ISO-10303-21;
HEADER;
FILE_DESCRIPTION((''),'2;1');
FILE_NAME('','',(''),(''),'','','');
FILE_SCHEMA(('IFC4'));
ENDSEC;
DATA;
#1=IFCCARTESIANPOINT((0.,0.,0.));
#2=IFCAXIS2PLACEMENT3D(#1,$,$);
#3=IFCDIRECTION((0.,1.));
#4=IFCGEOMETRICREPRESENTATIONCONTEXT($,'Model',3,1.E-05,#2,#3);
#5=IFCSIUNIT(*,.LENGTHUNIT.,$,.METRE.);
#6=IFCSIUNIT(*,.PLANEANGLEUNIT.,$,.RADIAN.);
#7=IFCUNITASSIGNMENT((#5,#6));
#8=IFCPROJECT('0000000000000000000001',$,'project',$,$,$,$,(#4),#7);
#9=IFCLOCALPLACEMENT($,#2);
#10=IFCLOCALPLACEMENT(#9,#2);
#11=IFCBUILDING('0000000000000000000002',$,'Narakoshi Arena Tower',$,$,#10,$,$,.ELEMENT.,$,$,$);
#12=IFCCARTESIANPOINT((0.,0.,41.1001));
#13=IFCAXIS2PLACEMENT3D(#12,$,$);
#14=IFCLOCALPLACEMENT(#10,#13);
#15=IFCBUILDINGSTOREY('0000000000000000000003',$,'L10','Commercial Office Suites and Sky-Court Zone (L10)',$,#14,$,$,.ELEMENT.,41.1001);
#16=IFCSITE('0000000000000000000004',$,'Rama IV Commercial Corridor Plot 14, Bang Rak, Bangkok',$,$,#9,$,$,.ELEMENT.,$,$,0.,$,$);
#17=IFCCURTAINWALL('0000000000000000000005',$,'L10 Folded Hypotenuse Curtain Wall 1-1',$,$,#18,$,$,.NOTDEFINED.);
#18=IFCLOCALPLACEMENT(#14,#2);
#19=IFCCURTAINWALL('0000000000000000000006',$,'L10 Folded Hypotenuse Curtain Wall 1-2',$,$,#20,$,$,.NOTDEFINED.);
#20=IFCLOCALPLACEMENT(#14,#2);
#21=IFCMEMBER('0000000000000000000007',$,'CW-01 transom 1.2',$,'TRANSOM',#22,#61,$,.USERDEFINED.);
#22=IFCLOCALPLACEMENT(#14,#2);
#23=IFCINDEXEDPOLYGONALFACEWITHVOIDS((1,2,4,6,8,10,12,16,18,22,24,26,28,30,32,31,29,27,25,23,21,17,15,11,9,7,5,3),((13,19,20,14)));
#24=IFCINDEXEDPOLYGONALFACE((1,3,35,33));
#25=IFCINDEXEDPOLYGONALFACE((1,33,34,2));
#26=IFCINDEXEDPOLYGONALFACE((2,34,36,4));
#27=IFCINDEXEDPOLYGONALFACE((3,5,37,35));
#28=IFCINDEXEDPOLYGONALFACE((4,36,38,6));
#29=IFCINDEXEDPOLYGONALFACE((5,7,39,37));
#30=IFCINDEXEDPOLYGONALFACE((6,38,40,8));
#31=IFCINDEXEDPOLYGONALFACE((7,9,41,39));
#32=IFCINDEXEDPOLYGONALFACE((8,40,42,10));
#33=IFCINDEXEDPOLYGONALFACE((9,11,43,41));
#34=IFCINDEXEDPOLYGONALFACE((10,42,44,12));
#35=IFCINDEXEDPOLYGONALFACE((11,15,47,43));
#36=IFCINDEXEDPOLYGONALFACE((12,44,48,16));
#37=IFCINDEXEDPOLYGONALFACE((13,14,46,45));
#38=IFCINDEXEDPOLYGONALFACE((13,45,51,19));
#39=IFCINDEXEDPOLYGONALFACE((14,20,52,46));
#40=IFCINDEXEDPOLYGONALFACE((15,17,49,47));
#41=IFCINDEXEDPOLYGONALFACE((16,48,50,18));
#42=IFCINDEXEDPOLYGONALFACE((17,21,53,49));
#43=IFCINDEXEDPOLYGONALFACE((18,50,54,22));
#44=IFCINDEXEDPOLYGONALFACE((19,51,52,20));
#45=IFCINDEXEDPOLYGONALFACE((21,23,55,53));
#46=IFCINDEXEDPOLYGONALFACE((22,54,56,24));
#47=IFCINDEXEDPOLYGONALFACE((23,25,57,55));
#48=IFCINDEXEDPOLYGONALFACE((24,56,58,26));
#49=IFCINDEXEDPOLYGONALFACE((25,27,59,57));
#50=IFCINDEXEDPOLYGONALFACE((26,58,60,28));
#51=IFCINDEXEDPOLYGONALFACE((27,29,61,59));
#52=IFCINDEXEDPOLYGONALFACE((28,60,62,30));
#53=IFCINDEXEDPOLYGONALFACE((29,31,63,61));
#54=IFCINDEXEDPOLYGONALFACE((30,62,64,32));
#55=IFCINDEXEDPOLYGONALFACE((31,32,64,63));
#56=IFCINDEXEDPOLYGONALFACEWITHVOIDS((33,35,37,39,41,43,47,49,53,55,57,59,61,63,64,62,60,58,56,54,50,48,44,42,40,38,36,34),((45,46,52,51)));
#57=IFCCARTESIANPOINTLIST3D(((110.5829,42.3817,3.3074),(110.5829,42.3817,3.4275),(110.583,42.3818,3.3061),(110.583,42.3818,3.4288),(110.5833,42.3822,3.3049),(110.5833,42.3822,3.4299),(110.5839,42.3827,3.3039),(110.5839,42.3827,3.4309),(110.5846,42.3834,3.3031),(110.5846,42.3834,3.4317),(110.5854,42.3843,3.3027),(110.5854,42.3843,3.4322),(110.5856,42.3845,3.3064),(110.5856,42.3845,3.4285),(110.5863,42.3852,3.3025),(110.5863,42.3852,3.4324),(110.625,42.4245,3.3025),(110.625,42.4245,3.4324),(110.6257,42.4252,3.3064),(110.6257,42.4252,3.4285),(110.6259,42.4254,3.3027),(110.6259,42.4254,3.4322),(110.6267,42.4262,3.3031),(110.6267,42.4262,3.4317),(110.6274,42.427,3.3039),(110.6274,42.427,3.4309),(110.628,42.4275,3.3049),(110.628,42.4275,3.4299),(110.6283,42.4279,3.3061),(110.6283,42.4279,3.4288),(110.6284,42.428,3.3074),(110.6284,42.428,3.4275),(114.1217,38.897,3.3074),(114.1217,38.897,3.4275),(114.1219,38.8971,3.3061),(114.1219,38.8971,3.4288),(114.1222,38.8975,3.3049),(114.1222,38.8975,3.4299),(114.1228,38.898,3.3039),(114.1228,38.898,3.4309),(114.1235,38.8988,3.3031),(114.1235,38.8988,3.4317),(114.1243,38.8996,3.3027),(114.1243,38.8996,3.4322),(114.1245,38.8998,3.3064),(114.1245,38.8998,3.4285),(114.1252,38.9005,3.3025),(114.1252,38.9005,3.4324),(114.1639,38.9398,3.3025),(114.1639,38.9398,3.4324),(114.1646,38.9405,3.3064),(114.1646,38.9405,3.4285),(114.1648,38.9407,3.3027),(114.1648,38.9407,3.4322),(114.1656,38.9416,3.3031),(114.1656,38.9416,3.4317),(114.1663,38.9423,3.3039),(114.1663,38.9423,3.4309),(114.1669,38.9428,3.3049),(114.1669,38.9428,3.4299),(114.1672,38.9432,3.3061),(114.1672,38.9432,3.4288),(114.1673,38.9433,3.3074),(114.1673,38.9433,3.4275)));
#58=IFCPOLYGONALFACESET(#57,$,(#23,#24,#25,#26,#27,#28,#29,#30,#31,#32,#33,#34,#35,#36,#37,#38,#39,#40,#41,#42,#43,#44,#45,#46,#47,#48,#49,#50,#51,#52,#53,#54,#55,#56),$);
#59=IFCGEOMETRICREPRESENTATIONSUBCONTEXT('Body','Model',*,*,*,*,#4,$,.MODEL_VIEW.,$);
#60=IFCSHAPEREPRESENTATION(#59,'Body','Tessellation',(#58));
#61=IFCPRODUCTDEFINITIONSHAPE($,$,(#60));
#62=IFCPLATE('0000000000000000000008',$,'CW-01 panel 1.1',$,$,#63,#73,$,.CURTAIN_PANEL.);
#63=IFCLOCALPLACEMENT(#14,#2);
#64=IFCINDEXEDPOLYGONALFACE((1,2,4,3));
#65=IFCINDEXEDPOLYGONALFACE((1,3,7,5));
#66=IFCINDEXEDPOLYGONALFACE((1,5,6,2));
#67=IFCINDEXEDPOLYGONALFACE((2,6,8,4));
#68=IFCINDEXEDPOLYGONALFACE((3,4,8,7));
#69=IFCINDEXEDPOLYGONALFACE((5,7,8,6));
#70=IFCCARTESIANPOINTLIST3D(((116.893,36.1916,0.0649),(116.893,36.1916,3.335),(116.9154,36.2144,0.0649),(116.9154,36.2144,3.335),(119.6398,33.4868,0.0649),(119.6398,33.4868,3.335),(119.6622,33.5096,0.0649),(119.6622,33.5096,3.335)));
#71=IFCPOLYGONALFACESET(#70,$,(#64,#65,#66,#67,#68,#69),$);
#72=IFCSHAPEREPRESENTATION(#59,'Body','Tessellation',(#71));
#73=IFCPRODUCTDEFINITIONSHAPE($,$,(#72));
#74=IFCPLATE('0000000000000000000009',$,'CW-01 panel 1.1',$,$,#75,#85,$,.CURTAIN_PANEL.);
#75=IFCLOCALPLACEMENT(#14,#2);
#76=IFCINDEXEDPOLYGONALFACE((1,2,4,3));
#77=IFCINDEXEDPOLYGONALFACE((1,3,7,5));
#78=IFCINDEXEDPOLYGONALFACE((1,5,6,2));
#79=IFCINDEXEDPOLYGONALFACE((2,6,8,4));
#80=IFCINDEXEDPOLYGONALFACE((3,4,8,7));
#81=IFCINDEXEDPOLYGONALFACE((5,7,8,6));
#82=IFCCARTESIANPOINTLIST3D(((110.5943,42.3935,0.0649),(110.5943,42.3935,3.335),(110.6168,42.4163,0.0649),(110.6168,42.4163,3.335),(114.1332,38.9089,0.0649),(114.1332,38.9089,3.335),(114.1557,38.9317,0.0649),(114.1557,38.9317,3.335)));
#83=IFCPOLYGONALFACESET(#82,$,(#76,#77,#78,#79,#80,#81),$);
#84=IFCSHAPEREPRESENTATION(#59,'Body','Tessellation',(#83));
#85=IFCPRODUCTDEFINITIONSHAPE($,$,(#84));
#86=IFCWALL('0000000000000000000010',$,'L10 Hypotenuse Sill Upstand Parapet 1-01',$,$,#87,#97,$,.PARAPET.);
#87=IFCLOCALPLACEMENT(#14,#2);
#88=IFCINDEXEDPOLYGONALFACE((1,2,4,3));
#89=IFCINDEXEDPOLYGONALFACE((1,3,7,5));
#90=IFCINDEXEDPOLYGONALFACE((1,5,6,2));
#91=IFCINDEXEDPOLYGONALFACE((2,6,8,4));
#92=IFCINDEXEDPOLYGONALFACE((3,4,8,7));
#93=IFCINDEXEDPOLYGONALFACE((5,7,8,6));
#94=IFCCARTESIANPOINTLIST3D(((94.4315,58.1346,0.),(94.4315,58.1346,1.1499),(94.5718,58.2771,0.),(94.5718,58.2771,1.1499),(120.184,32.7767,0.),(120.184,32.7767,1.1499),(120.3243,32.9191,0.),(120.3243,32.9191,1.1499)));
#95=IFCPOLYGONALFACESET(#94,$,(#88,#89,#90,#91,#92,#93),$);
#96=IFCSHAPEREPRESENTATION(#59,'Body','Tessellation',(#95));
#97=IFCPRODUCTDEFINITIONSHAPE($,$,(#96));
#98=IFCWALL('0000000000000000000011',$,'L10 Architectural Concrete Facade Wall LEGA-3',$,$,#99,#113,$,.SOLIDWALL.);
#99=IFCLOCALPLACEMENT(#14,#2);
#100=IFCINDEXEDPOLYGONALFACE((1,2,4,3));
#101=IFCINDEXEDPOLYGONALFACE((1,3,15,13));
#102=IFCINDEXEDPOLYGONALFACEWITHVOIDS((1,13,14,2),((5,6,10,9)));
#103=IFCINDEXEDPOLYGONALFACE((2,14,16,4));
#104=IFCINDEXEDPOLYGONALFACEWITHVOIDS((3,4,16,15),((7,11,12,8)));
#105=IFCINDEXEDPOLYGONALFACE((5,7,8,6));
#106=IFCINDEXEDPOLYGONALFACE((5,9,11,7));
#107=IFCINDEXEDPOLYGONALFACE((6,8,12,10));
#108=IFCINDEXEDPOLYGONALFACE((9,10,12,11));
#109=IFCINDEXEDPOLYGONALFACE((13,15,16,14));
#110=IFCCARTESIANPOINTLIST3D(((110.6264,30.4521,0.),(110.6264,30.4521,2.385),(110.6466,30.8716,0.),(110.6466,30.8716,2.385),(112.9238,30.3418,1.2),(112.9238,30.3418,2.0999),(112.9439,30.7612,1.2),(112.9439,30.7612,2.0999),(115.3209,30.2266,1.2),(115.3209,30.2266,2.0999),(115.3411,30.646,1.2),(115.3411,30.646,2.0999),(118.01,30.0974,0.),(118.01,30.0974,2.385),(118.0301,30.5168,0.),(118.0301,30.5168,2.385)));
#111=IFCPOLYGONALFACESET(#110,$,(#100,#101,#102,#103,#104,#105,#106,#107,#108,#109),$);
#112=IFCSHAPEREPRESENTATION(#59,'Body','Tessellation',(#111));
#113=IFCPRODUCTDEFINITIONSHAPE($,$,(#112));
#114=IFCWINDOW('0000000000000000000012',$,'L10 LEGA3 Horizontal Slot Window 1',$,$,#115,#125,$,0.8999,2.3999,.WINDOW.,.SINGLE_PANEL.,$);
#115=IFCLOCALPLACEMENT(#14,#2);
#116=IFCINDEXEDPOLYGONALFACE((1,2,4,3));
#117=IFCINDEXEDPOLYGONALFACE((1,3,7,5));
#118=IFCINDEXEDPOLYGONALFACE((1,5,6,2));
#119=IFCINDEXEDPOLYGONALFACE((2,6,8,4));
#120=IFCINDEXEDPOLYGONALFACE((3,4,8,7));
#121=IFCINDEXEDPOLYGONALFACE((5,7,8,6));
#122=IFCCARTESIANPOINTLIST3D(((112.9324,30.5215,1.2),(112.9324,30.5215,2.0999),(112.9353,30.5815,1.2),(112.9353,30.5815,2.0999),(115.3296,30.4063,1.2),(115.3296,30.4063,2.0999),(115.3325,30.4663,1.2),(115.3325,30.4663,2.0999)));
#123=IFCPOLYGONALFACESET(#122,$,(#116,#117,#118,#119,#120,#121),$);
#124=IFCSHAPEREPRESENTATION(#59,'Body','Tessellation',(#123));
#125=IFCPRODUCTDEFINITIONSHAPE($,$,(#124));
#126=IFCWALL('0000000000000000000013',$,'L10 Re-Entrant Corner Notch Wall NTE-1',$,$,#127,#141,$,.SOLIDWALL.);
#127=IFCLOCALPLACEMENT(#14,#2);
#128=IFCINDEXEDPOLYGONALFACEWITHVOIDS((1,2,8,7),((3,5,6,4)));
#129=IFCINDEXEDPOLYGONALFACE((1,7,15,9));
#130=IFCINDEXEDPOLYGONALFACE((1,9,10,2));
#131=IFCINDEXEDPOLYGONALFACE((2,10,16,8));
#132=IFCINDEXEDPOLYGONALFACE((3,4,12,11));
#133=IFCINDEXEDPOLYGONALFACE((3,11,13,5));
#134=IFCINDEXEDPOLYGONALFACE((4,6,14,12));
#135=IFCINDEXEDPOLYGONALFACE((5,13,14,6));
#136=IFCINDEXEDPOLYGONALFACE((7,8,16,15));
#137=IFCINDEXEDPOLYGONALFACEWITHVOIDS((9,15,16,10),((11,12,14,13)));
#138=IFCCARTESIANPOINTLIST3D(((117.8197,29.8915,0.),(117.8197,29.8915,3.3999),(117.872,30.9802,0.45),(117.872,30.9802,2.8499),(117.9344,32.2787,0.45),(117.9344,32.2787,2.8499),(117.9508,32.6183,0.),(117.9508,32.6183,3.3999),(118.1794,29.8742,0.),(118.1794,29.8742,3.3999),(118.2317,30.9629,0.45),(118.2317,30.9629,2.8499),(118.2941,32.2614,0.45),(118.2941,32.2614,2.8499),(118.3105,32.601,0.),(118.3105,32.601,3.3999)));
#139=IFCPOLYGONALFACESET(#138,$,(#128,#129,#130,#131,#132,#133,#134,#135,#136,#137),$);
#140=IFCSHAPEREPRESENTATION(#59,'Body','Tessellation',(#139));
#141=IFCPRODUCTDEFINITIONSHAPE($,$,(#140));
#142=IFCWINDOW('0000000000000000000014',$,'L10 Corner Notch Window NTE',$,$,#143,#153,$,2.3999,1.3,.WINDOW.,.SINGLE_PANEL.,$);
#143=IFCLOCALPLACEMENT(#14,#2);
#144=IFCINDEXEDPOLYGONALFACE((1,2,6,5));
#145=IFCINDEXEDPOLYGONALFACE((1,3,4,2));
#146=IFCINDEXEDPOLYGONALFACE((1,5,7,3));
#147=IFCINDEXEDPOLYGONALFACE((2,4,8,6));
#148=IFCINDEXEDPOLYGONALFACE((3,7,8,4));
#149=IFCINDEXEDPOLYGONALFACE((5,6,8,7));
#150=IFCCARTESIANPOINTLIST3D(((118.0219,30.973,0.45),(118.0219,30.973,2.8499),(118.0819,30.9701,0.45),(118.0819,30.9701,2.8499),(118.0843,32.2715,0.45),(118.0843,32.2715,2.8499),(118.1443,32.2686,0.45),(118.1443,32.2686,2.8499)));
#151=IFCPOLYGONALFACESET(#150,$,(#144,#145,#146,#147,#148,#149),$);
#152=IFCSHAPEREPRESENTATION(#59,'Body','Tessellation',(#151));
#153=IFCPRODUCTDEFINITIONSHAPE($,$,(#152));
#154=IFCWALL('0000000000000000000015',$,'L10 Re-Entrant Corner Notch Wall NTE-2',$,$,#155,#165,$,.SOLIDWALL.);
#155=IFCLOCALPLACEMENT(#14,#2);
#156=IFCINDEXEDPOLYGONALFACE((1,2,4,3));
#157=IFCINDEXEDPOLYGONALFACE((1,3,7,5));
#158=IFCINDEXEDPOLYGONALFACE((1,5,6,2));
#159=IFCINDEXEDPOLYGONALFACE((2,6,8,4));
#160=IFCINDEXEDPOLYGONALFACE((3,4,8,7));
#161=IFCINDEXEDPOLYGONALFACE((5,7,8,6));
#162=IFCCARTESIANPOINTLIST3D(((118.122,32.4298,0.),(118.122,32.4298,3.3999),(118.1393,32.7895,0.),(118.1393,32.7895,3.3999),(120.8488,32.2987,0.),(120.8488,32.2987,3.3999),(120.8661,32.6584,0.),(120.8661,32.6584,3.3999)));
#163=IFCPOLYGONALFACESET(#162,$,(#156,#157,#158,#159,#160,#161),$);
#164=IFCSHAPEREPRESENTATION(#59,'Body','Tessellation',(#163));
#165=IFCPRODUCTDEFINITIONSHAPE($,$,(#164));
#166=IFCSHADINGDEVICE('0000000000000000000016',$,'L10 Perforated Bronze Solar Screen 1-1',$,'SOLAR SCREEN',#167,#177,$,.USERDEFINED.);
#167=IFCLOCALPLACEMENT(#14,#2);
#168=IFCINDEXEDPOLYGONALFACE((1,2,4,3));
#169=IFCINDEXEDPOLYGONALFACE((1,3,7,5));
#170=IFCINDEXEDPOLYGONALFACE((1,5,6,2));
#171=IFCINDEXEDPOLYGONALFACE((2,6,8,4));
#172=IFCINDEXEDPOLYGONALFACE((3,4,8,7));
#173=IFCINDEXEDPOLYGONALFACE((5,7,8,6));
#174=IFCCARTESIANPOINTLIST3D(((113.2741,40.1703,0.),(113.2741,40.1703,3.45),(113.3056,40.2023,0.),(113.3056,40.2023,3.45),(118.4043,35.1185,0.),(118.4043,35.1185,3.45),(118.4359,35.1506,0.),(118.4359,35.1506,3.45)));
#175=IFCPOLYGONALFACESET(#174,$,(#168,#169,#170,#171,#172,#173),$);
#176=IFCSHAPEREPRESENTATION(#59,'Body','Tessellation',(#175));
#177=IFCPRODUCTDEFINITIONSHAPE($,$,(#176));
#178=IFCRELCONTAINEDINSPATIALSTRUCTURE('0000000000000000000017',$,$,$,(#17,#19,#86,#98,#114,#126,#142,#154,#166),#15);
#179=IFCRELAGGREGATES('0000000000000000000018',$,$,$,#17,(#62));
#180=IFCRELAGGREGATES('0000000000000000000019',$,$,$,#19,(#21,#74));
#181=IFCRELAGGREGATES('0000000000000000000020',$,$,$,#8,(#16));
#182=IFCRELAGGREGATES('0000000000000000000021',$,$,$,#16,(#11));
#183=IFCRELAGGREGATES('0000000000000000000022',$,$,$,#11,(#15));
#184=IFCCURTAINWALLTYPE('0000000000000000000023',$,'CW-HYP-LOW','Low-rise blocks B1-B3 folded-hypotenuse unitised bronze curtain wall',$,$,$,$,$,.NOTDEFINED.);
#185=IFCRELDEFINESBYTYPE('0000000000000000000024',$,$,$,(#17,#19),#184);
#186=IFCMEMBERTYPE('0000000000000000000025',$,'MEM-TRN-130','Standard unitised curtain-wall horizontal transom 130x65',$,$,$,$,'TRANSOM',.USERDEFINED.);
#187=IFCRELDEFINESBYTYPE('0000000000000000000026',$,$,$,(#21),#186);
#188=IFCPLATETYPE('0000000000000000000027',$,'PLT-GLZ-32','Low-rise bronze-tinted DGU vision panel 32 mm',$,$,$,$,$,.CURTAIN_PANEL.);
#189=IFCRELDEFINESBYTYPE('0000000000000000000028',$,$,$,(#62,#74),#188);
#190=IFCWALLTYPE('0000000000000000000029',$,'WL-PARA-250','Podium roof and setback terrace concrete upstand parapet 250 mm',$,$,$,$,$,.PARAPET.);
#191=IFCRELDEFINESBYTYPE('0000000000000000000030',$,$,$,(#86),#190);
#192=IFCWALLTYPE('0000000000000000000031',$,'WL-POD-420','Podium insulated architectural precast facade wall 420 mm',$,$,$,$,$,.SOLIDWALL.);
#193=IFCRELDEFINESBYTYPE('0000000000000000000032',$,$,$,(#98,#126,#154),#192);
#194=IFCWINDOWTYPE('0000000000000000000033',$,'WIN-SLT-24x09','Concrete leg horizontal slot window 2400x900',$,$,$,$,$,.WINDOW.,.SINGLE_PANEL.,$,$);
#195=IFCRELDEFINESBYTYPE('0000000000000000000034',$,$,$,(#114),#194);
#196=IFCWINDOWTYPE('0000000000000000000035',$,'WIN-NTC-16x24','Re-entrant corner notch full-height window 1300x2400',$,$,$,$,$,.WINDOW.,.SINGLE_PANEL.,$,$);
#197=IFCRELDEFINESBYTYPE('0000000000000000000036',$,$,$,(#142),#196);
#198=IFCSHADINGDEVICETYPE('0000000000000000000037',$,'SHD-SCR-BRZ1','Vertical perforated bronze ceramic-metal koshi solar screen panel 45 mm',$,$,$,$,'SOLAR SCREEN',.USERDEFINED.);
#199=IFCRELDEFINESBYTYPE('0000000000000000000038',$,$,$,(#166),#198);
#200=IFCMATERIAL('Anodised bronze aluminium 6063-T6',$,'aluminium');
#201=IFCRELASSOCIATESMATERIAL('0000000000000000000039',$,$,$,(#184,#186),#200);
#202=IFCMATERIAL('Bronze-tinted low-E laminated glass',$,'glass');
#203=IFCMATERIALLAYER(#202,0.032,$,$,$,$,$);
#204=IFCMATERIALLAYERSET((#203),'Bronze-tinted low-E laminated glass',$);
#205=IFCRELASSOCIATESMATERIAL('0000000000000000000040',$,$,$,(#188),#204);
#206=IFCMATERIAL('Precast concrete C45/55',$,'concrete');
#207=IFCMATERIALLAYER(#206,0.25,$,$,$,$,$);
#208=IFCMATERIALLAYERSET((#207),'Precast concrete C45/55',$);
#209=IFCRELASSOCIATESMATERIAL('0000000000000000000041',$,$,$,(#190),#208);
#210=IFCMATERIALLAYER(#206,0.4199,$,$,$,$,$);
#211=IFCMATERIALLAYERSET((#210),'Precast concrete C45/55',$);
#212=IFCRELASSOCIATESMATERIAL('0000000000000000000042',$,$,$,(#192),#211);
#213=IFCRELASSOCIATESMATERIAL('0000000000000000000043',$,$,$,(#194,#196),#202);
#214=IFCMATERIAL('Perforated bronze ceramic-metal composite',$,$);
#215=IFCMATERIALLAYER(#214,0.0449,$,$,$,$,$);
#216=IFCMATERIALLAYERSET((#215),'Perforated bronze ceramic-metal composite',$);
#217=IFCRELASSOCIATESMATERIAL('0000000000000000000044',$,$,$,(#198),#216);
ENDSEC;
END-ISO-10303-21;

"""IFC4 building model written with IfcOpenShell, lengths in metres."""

from ifc_helpers import new_model, si_unit, direction, frame, frame_2d, origin, origin_2d, place, context, subcontext, project, spatial, rectangle, hollow_rectangle, extrude, material, layer, layer_set, material_profile, profile_set, type_object, element, fill, aggregate, save


model = new_model("IFC4")

# Units and contexts
model_context = context("Model", 3, precision=1e-05, world=origin(), true_north=direction((0.0, 1.0)))
body_context = subcontext(model_context, "Body", "Model", "MODEL_VIEW")
ifc_project = project(units=[si_unit("LENGTHUNIT", "METRE"), si_unit("PLANEANGLEUNIT", "RADIAN")], contexts=[model_context])

# Site, building, storey
site_placement = place(None, origin())
site = spatial("IfcSite", under=ifc_project, at=site_placement, Name="Rama IV Commercial Corridor Plot 14, Bang Rak, Bangkok", CompositionType="ELEMENT", RefElevation=0.0)
building_placement = place(site_placement, origin())
building = spatial("IfcBuilding", under=site, at=building_placement, Name="Narakoshi Arena Tower", CompositionType="ELEMENT")
storey_placement = place(building_placement, frame((0.0, 0.0, 41.1001)))
storey = spatial("IfcBuildingStorey", under=building, at=storey_placement, Name="L10", Description="Commercial Office Suites and Sky-Court Zone (L10)", CompositionType="ELEMENT", Elevation=41.1001)

# Curtain walls
ifc_material_1 = material(Name="Anodised bronze aluminium 6063-T6", Category="aluminium")
curtain_wall_type = type_object("IfcCurtainWallType", Name="CW-HYP-LOW", Description="Low-rise blocks B1-B3 folded-hypotenuse unitised bronze curtain wall", PredefinedType="NOTDEFINED", material=ifc_material_1)
curtain_wall_1_placement = place(storey_placement, origin())
curtain_wall_1 = element("IfcCurtainWall", 1, at=curtain_wall_1_placement, inside=storey, type_object=curtain_wall_type, Name="L10 Folded Hypotenuse Curtain Wall 1-1", PredefinedType="NOTDEFINED")
curtain_wall_2_placement = place(storey_placement, origin())
curtain_wall_2 = element("IfcCurtainWall", 2, at=curtain_wall_2_placement, inside=storey, type_object=curtain_wall_type, Name="L10 Folded Hypotenuse Curtain Wall 1-2", PredefinedType="NOTDEFINED")

# Member
ifc_material_profile_1 = material_profile(ifc_material_1, hollow_rectangle(XDim=0.0649, YDim=0.1299, WallThickness=0.0039, OuterFilletRadius=0.0049, at=origin_2d()), Name="TRN130x65x4")
ifc_profile_set_1 = profile_set([ifc_material_profile_1], Name="Anodised bronze aluminium 6063-T6")
member_type_1 = type_object("IfcMemberType", Name="MEM-TRN-130", Description="Standard unitised curtain-wall horizontal transom 130x65", ElementType="TRANSOM", PredefinedType="USERDEFINED", material=ifc_profile_set_1)
member_1_placement = place(storey_placement, frame((114.1445, 38.9202, 3.3674), z_axis=(-0.712542, 0.701629, 0.0), x_axis=(-0.701629, -0.712542, 0.0)))
member_1 = element("IfcMember", 3, at=member_1_placement, type_object=member_type_1, Name="CW-01 transom 1.2", ObjectType="TRANSOM", PredefinedType="USERDEFINED", context=body_context, shape_type="SweptSolid", body=[
    extrude(hollow_rectangle(XDim=0.0649, YDim=0.1299, WallThickness=0.0039, OuterFilletRadius=0.0049, at=origin_2d()), origin(), (0.0, 0.0, 1.0), 4.9666),
])

# Plates
ifc_material_2 = material(Name="Bronze-tinted low-E laminated glass", Category="glass")
ifc_layer_1 = layer(ifc_material_2, 0.032)
ifc_layer_set_1 = layer_set([ifc_layer_1], Name="Bronze-tinted low-E laminated glass")
plate_type = type_object("IfcPlateType", Name="PLT-GLZ-32", Description="Low-rise bronze-tinted DGU vision panel 32 mm", PredefinedType="CURTAIN_PANEL", material=ifc_layer_set_1)
plate_1_placement = place(storey_placement, frame((118.2776, 34.8506, 0.0649), z_axis=(0.0, 0.0, 1.0), x_axis=(-0.712541, 0.70163, 0.0)))
plate_1 = element("IfcPlate", 4, at=plate_1_placement, type_object=plate_type, Name="CW-01 panel 1.1", PredefinedType="CURTAIN_PANEL", context=body_context, shape_type="SweptSolid", body=[
    extrude(rectangle(XDim=3.855, YDim=0.032, at=origin_2d()), origin(), (0.0, 0.0, 1.0), 3.27),
])
aggregate(curtain_wall_1, [plate_1])
plate_2_placement = place(storey_placement, frame((112.375, 40.6626, 0.0649), z_axis=(0.0, 0.0, 1.0), x_axis=(-0.712548, 0.701623, 0.0)))
plate_2 = element("IfcPlate", 5, at=plate_2_placement, type_object=plate_type, Name="CW-01 panel 1.1", PredefinedType="CURTAIN_PANEL", context=body_context, shape_type="SweptSolid", body=[
    extrude(rectangle(XDim=4.9666, YDim=0.032, at=origin_2d()), origin(), (0.0, 0.0, 1.0), 3.27),
])
aggregate(curtain_wall_2, [member_1, plate_2])

# Wall
ifc_material_3 = material(Name="Precast concrete C45/55", Category="concrete")
ifc_layer_2 = layer(ifc_material_3, 0.25)
ifc_layer_set_2 = layer_set([ifc_layer_2], Name="Precast concrete C45/55")
wall_type_1 = type_object("IfcWallType", Name="WL-PARA-250", Description="Podium roof and setback terrace concrete upstand parapet 250 mm", PredefinedType="PARAPET", material=ifc_layer_set_2)
wall_1_placement = place(storey_placement, frame((120.2542, 32.8479, 0.0), z_axis=(0.0, 0.0, 1.0), x_axis=(-0.712544, 0.701628, 0.0)))
element("IfcWall", 6, at=wall_1_placement, inside=storey, type_object=wall_type_1, Name="L10 Hypotenuse Sill Upstand Parapet 1-01", PredefinedType="PARAPET", context=body_context, shape_type="SweptSolid", body=[
    extrude(rectangle(XDim=36.1416, YDim=0.2, at=frame_2d((18.0708, 0.0))), origin(), (0.0, 0.0, 1.0), 1.1499),
])

# Walls, openings, windows
ifc_layer_3 = layer(ifc_material_3, 0.4199)
ifc_layer_set_3 = layer_set([ifc_layer_3], Name="Precast concrete C45/55")
wall_type_2 = type_object("IfcWallType", Name="WL-POD-420", Description="Podium insulated architectural precast facade wall 420 mm", PredefinedType="SOLIDWALL", material=ifc_layer_set_3)
wall_2_placement = place(storey_placement, frame((110.6365, 30.6619, 0.0), z_axis=(0.0, 0.0, 1.0), x_axis=(0.998848, -0.047989, 0.0)))
wall_2 = element("IfcWall", 7, at=wall_2_placement, inside=storey, type_object=wall_type_2, Name="L10 Architectural Concrete Facade Wall LEGA-3", PredefinedType="SOLIDWALL", context=body_context, shape_type="SweptSolid", body=[
    extrude(rectangle(XDim=7.3921, YDim=0.4199, at=frame_2d((3.696, 0.0))), origin(), (0.0, 0.0, 1.0), 2.385),
])
opening_1_placement = place(wall_2_placement, frame((2.3, 0.0, 1.2)))
opening_1 = element("IfcOpeningElement", 8, at=opening_1_placement, cuts=wall_2, PredefinedType="OPENING", context=body_context, shape_type="SweptSolid", body=[
    extrude(rectangle(XDim=2.3999, YDim=0.8999, at=frame_2d((1.2, 0.45))), frame((0.0, 0.22, 0.0), z_axis=(0.0, -1.0, 0.0), x_axis=(1.0, 0.0, 0.0)), (0.0, 0.0, 1.0), 0.4399),
])
window_type_1 = type_object("IfcWindowType", Name="WIN-SLT-24x09", Description="Concrete leg horizontal slot window 2400x900", PartitioningType="SINGLE_PANEL", PredefinedType="WINDOW", material=ifc_material_2)
window_1_placement = place(opening_1_placement, origin())
window_1 = element("IfcWindow", 9, at=window_1_placement, inside=storey, type_object=window_type_1, Name="L10 LEGA3 Horizontal Slot Window 1", OverallHeight=0.8999, OverallWidth=2.3999, PartitioningType="SINGLE_PANEL", PredefinedType="WINDOW", context=body_context, shape_type="SweptSolid", body=[
    extrude(rectangle(XDim=2.3999, YDim=0.8999, at=frame_2d((1.2, 0.45))), frame((0.0, 0.03, 0.0), z_axis=(0.0, -1.0, 0.0), x_axis=(1.0, 0.0, 0.0)), (0.0, 0.0, 1.0), 0.0601),
])
fill(opening_1, window_1)
wall_3_placement = place(storey_placement, frame((117.9995, 29.8828, 0.0), z_axis=(0.0, 0.0, 1.0), x_axis=(0.048024, 0.998846, 0.0)))
wall_3 = element("IfcWall", 10, at=wall_3_placement, inside=storey, type_object=wall_type_2, Name="L10 Re-Entrant Corner Notch Wall NTE-1", PredefinedType="SOLIDWALL", context=body_context, shape_type="SweptSolid", body=[
    extrude(rectangle(XDim=2.73, YDim=0.3601, at=frame_2d((1.365, 0.0))), origin(), (0.0, 0.0, 1.0), 3.3999),
])
opening_2_placement = place(wall_3_placement, frame((1.0901, 0.0, 0.45)))
opening_2 = element("IfcOpeningElement", 11, at=opening_2_placement, cuts=wall_3, PredefinedType="OPENING", context=body_context, shape_type="SweptSolid", body=[
    extrude(rectangle(XDim=1.3, YDim=2.3999, at=frame_2d((0.6499, 1.2))), frame((0.0, 0.1899, 0.0), z_axis=(0.0, -1.0, 0.0), x_axis=(1.0, 0.0, 0.0)), (0.0, 0.0, 1.0), 0.3801),
])
window_type_2 = type_object("IfcWindowType", Name="WIN-NTC-16x24", Description="Re-entrant corner notch full-height window 1300x2400", PartitioningType="SINGLE_PANEL", PredefinedType="WINDOW", material=ifc_material_2)
window_2_placement = place(opening_2_placement, origin())
window_2 = element("IfcWindow", 12, at=window_2_placement, inside=storey, type_object=window_type_2, Name="L10 Corner Notch Window NTE", OverallHeight=2.3999, OverallWidth=1.3, PartitioningType="SINGLE_PANEL", PredefinedType="WINDOW", context=body_context, shape_type="SweptSolid", body=[
    extrude(rectangle(XDim=1.3, YDim=2.3999, at=frame_2d((0.6499, 1.2))), frame((0.0, 0.03, 0.0), z_axis=(0.0, -1.0, 0.0), x_axis=(1.0, 0.0, 0.0)), (0.0, 0.0, 1.0), 0.0601),
])
fill(opening_2, window_2)

# Wall
wall_4_placement = place(storey_placement, frame((118.1306, 32.6096, 0.0), z_axis=(0.0, 0.0, 1.0), x_axis=(0.998846, -0.048024, 0.0)))
element("IfcWall", 13, at=wall_4_placement, inside=storey, type_object=wall_type_2, Name="L10 Re-Entrant Corner Notch Wall NTE-2", PredefinedType="SOLIDWALL", context=body_context, shape_type="SweptSolid", body=[
    extrude(rectangle(XDim=2.73, YDim=0.3601, at=frame_2d((1.365, 0.0))), origin(), (0.0, 0.0, 1.0), 3.3999),
])

# Shading device
ifc_material_4 = material(Name="Perforated bronze ceramic-metal composite")
ifc_layer_4 = layer(ifc_material_4, 0.0449)
ifc_layer_set_4 = layer_set([ifc_layer_4], Name="Perforated bronze ceramic-metal composite")
shading_device_type = type_object("IfcShadingDeviceType", Name="SHD-SCR-BRZ1", Description="Vertical perforated bronze ceramic-metal koshi solar screen panel 45 mm", ElementType="SOLAR SCREEN", PredefinedType="USERDEFINED", material=ifc_layer_set_4)
shading_device_placement = place(storey_placement, frame((115.855, 37.6604, 0.0), z_axis=(0.0, 0.0, 1.0), x_axis=(-0.712541, 0.701631, 0.0)))
element("IfcShadingDevice", 14, at=shading_device_placement, inside=storey, type_object=shading_device_type, Name="L10 Perforated Bronze Solar Screen 1-1", ObjectType="SOLAR SCREEN", PredefinedType="USERDEFINED", context=body_context, shape_type="SweptSolid", body=[
    extrude(rectangle(XDim=7.2, YDim=0.0449, at=origin_2d()), origin(), (0.0, 0.0, 1.0), 3.45),
])

save(model, "model.ifc")
